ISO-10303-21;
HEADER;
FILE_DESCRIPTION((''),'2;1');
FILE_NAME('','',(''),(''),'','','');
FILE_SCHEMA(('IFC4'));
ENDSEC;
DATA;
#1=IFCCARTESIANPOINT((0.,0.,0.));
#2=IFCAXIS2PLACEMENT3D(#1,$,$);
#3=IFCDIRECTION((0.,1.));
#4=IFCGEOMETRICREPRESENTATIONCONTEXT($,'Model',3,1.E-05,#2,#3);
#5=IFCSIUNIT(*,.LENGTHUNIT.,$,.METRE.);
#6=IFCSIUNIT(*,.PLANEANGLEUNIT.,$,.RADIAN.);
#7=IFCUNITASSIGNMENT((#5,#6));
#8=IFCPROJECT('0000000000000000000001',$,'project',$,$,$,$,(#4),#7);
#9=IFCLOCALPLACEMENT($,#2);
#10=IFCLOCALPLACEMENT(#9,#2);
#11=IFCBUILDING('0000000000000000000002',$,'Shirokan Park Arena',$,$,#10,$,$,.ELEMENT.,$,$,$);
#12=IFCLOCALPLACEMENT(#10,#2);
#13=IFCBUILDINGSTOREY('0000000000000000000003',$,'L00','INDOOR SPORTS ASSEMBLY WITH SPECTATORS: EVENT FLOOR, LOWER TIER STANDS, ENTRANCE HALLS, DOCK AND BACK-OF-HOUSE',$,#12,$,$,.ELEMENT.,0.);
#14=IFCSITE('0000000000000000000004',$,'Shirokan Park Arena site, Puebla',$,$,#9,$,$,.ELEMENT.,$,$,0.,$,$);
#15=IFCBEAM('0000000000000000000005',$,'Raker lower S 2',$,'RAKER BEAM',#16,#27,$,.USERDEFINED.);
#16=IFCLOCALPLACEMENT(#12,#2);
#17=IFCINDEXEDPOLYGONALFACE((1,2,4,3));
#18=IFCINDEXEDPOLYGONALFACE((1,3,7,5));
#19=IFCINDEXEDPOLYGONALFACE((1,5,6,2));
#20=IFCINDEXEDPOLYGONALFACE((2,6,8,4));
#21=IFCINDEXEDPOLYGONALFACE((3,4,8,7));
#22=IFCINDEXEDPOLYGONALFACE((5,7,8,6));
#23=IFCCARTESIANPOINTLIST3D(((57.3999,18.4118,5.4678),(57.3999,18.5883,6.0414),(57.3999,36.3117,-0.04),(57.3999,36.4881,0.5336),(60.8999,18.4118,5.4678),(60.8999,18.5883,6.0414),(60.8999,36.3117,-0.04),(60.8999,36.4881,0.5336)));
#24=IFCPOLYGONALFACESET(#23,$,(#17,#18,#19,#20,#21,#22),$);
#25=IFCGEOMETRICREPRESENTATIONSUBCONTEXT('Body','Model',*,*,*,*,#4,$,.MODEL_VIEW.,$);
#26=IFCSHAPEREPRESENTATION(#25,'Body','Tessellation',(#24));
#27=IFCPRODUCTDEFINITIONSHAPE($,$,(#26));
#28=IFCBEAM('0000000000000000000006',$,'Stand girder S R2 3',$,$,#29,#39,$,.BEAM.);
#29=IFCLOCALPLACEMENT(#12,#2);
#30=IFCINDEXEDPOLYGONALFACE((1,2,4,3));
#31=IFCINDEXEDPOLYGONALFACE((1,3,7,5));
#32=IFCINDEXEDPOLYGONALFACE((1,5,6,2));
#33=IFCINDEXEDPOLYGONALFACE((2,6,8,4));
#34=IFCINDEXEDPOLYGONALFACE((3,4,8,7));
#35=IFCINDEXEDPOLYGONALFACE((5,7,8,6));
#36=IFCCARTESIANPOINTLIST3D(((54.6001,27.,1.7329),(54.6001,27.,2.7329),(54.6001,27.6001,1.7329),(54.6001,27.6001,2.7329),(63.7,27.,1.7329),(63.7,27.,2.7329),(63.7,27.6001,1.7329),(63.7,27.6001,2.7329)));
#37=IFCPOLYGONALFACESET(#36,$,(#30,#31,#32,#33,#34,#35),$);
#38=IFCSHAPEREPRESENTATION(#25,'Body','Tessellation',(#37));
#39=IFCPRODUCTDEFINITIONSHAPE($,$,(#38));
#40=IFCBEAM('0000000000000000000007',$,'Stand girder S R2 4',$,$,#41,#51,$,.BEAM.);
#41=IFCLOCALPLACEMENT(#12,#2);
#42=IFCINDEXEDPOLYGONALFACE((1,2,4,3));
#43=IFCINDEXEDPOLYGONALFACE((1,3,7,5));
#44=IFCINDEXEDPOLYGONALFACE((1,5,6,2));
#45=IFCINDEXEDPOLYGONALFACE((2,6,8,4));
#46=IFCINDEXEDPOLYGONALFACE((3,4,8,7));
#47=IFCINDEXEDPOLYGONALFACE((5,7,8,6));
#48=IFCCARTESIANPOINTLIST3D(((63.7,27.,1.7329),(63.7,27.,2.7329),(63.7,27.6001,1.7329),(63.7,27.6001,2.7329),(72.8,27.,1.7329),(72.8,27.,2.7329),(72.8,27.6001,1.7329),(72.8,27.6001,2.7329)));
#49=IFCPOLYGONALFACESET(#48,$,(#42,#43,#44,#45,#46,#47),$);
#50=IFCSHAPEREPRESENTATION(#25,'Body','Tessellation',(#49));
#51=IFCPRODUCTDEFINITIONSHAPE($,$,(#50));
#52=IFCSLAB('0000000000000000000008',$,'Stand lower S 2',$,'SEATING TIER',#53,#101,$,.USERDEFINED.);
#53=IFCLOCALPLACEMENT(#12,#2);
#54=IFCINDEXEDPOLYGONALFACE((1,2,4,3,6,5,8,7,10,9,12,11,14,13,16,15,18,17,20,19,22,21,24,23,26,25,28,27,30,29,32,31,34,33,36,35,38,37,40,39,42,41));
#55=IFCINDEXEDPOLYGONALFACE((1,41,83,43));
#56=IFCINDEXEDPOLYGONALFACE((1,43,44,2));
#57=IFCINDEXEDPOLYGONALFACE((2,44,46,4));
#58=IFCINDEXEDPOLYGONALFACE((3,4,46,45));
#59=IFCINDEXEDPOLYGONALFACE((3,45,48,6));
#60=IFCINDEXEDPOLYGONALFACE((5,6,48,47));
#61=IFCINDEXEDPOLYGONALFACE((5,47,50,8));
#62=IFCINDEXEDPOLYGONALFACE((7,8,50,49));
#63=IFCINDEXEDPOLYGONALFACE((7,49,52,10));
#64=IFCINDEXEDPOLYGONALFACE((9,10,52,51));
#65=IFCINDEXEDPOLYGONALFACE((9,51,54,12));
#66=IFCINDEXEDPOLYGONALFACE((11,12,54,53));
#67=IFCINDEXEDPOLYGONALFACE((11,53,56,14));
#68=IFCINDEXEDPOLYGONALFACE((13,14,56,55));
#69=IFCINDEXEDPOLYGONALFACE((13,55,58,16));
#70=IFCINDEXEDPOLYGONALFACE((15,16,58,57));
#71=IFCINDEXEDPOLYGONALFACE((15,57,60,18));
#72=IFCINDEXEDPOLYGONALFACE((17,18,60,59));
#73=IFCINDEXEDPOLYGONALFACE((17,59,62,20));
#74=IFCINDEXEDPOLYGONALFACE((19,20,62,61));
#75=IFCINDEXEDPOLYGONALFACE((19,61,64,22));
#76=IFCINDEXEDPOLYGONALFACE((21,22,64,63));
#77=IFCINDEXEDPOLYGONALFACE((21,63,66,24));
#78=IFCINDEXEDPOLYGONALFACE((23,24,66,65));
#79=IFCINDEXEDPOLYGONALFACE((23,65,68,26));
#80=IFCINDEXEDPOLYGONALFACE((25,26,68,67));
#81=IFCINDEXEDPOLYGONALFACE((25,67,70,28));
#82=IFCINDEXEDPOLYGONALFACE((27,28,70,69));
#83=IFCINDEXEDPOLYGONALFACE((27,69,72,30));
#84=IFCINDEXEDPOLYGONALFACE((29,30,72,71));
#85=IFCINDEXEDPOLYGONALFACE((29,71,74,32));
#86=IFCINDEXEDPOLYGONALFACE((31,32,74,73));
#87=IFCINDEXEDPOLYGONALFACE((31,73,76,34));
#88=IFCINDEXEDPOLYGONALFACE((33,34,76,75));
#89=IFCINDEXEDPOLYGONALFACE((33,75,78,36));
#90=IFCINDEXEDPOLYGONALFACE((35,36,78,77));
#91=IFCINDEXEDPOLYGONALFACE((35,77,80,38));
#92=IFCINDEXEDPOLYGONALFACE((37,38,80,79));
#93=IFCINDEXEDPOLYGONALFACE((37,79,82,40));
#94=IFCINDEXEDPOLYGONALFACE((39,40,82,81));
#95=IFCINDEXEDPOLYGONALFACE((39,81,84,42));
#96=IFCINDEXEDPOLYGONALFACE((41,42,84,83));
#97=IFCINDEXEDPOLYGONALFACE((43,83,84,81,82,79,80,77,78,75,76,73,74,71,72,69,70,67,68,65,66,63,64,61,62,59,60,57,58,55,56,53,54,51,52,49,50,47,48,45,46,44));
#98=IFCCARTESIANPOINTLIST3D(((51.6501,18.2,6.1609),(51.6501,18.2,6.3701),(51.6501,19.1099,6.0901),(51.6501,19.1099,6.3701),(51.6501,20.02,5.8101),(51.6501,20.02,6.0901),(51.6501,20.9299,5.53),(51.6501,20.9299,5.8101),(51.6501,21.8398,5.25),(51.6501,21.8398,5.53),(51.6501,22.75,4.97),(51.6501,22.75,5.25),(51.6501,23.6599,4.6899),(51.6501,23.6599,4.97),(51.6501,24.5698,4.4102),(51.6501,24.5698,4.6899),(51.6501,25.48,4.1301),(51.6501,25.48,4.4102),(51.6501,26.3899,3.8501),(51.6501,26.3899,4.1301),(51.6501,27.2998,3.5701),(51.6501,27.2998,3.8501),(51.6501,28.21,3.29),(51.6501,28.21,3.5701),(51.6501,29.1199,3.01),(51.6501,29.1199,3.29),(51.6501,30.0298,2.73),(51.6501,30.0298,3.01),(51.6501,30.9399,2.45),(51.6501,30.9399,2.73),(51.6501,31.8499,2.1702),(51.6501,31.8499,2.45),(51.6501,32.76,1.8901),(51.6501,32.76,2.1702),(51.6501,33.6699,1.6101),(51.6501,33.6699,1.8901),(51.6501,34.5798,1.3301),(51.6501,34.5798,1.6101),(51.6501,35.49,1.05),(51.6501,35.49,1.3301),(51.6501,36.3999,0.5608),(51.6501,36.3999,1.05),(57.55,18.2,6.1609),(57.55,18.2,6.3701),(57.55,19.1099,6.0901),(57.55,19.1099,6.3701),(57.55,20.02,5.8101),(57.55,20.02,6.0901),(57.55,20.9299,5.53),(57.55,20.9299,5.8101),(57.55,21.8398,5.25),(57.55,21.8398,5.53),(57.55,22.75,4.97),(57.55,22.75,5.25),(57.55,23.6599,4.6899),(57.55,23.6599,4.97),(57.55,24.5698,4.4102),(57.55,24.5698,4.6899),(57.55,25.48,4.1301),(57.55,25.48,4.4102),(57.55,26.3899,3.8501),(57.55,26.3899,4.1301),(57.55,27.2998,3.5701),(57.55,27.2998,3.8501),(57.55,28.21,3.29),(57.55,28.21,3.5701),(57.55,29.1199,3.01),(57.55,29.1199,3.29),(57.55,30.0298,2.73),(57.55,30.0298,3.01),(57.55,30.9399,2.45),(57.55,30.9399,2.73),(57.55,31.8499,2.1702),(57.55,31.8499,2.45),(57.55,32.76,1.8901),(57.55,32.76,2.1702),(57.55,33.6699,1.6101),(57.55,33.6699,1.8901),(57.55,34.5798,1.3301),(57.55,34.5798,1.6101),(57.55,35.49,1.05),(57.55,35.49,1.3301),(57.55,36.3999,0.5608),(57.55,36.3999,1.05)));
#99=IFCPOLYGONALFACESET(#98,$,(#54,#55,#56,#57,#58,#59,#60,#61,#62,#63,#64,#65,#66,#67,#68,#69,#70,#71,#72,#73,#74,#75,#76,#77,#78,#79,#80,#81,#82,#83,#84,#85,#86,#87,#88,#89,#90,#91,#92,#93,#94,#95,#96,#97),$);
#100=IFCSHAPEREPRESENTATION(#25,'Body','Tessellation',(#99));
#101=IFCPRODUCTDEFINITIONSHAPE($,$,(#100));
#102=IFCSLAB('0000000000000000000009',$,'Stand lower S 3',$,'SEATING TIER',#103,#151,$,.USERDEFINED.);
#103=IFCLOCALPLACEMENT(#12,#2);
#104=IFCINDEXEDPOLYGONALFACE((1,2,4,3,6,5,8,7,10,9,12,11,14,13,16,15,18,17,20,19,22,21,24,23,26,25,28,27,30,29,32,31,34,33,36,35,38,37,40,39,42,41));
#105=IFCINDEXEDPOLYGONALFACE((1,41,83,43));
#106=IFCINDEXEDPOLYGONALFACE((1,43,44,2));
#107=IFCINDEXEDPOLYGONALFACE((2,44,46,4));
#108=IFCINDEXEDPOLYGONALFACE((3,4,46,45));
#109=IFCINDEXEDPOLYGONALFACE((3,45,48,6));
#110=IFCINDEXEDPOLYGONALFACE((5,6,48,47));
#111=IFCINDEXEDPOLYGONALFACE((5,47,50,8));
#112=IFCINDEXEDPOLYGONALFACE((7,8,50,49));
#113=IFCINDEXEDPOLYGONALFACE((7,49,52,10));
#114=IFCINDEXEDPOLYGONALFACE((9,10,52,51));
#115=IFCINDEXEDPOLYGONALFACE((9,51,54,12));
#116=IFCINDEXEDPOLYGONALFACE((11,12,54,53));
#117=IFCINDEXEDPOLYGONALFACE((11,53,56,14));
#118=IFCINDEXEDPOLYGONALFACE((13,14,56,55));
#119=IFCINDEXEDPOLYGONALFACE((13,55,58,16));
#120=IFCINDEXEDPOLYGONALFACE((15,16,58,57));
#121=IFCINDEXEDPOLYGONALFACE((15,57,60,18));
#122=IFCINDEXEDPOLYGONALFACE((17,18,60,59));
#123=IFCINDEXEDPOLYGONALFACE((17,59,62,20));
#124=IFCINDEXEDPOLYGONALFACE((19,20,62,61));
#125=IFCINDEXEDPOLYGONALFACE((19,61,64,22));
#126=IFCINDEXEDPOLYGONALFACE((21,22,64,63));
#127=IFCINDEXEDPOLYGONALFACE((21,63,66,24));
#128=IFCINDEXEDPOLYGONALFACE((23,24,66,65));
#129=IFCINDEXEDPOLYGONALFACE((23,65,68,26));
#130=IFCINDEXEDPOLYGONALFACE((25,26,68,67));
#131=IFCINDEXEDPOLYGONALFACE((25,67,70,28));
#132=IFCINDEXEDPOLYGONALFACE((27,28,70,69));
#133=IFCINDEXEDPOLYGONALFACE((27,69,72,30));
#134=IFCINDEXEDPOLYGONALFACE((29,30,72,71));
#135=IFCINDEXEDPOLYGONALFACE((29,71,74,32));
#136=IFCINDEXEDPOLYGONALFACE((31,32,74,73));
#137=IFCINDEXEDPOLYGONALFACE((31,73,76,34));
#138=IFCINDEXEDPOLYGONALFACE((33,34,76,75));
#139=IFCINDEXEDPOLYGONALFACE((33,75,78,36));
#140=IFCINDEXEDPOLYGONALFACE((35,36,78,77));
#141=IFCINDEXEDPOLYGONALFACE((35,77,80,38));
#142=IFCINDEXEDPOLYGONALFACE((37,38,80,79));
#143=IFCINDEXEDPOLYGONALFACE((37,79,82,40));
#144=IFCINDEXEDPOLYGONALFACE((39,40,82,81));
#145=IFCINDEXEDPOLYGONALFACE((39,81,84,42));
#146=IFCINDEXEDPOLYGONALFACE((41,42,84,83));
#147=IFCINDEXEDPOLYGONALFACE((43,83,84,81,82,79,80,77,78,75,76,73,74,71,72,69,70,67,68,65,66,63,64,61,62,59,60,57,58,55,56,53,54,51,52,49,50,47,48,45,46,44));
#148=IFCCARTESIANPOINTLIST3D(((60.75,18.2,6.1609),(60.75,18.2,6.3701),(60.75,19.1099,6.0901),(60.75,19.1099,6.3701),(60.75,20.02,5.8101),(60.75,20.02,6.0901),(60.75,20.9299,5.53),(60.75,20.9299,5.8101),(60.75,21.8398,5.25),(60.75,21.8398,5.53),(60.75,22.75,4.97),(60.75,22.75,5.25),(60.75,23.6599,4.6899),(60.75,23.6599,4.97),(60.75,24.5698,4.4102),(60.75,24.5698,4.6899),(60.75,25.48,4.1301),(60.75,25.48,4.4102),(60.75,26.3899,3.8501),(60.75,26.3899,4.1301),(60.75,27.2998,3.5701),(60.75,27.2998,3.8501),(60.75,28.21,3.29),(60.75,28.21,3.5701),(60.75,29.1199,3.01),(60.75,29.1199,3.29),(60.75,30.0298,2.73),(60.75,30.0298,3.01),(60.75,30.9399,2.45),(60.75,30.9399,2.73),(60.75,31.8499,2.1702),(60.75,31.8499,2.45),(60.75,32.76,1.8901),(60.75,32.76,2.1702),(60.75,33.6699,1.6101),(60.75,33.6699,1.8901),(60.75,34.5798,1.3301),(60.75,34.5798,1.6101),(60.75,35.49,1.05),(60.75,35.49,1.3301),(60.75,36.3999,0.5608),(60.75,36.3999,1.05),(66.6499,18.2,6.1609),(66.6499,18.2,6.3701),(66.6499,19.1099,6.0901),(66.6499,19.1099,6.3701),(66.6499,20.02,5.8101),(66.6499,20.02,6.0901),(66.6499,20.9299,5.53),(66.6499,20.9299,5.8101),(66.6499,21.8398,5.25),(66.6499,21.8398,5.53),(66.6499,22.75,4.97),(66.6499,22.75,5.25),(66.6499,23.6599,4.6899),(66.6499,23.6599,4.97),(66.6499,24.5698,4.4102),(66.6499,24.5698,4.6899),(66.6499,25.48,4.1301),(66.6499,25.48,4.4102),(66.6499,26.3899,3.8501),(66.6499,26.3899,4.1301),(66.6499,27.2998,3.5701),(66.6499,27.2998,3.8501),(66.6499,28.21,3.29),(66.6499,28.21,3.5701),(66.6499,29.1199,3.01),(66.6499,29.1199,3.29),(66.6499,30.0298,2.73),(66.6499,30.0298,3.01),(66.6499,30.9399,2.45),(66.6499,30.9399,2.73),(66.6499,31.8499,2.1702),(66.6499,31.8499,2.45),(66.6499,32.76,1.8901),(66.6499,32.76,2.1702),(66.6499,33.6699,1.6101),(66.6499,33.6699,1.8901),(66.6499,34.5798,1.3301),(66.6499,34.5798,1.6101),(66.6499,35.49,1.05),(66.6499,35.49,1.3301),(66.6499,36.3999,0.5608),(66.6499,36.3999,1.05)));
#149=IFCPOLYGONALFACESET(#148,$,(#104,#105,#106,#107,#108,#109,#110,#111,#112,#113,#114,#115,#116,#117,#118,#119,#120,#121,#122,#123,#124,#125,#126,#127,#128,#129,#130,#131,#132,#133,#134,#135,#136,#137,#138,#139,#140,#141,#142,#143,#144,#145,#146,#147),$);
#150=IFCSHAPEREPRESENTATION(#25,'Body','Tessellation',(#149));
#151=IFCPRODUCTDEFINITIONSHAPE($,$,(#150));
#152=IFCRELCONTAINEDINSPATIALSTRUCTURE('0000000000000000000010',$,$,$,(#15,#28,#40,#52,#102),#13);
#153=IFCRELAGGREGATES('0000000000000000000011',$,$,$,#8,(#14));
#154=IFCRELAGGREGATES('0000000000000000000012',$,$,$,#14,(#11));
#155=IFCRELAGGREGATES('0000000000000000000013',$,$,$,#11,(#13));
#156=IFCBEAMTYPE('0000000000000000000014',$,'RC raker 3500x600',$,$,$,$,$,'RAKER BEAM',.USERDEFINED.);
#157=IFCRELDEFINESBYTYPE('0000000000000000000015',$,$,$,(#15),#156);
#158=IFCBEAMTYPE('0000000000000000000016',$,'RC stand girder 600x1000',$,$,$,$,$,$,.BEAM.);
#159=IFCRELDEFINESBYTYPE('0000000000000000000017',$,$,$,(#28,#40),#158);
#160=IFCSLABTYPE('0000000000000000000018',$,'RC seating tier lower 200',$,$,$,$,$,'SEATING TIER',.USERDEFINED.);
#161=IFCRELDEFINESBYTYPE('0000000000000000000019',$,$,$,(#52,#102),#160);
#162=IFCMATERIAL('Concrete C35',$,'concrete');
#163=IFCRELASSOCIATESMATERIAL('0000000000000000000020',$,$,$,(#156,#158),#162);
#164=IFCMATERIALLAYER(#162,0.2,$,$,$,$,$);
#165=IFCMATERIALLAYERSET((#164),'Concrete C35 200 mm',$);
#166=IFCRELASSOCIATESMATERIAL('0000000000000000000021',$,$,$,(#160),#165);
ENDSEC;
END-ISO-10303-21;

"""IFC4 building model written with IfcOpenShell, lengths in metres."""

from ifc_helpers import new_model, si_unit, direction, frame, origin, origin_2d, place, context, subcontext, project, spatial, polyline, rectangle, outline, extrude, material, layer, layer_set, material_profile, profile_set, type_object, element, save


model = new_model("IFC4")

# Units and contexts
model_context = context("Model", 3, precision=1e-05, world=origin(), true_north=direction((0.0, 1.0)))
body_context = subcontext(model_context, "Body", "Model", "MODEL_VIEW")
ifc_project = project(units=[si_unit("LENGTHUNIT", "METRE"), si_unit("PLANEANGLEUNIT", "RADIAN")], contexts=[model_context])

# Site, building, storey
site_placement = place(None, origin())
site = spatial("IfcSite", under=ifc_project, at=site_placement, Name="Shirokan Park Arena site, Puebla", CompositionType="ELEMENT", RefElevation=0.0)
building_placement = place(site_placement, origin())
building = spatial("IfcBuilding", under=site, at=building_placement, Name="Shirokan Park Arena", CompositionType="ELEMENT")
storey_placement = place(building_placement, origin())
storey = spatial("IfcBuildingStorey", under=building, at=storey_placement, Name="L00", Description="INDOOR SPORTS ASSEMBLY WITH SPECTATORS: EVENT FLOOR, LOWER TIER STANDS, ENTRANCE HALLS, DOCK AND BACK-OF-HOUSE", CompositionType="ELEMENT", Elevation=0.0)

# Shared definitions
ifc_material_1 = material(Name="Concrete C35", Category="concrete")

# Beams
ifc_material_profile_1 = material_profile(ifc_material_1, rectangle(XDim=3.5, YDim=0.6001, at=origin_2d()), Name="3500x600")
ifc_profile_set_1 = profile_set([ifc_material_profile_1], Name="Concrete C35")
beam_type_1 = type_object("IfcBeamType", Name="RC raker 3500x600", ElementType="RAKER BEAM", PredefinedType="USERDEFINED", material=ifc_profile_set_1)
beam_1_placement = place(storey_placement, frame((59.1499, 36.3999, 0.2468), z_axis=(0.0, -0.955777, 0.294093), x_axis=(1.0, 0.0, 0.0)))
element("IfcBeam", 1, at=beam_1_placement, inside=storey, type_object=beam_type_1, Name="Raker lower S 2", ObjectType="RAKER BEAM", PredefinedType="USERDEFINED", context=body_context, shape_type="SweptSolid", body=[
    extrude(rectangle(XDim=3.5, YDim=0.6001, at=origin_2d()), origin(), (0.0, 0.0, 1.0), 18.728),
])
ifc_material_profile_2 = material_profile(ifc_material_1, rectangle(XDim=0.6001, YDim=1.0, at=origin_2d()), Name="600x1000")
ifc_profile_set_2 = profile_set([ifc_material_profile_2], Name="Concrete C35")
beam_type_2 = type_object("IfcBeamType", Name="RC stand girder 600x1000", PredefinedType="BEAM", material=ifc_profile_set_2)
beam_2_placement = place(storey_placement, frame((54.6001, 27.3, 2.2329), z_axis=(1.0, 0.0, 0.0), x_axis=(0.0, 1.0, 0.0)))
element("IfcBeam", 2, at=beam_2_placement, inside=storey, type_object=beam_type_2, Name="Stand girder S R2 3", PredefinedType="BEAM", context=body_context, shape_type="SweptSolid", body=[
    extrude(rectangle(XDim=0.6001, YDim=1.0, at=origin_2d()), origin(), (0.0, 0.0, 1.0), 9.0999),
])
beam_3_placement = place(storey_placement, frame((63.7, 27.3, 2.2329), z_axis=(1.0, 0.0, 0.0), x_axis=(0.0, 1.0, 0.0)))
element("IfcBeam", 3, at=beam_3_placement, inside=storey, type_object=beam_type_2, Name="Stand girder S R2 4", PredefinedType="BEAM", context=body_context, shape_type="SweptSolid", body=[
    extrude(rectangle(XDim=0.6001, YDim=1.0, at=origin_2d()), origin(), (0.0, 0.0, 1.0), 9.1001),
])

# Slabs
ifc_layer = layer(ifc_material_1, 0.2)
ifc_layer_set = layer_set([ifc_layer], Name="Concrete C35 200 mm")
slab_type = type_object("IfcSlabType", Name="RC seating tier lower 200", ElementType="SEATING TIER", PredefinedType="USERDEFINED", material=ifc_layer_set)
for number, where, z_axis, x_axis, name in (
    (4, (54.6001, 36.3999, 1.05), (0.0, 0.0, 1.0), (0.0, -1.0, 0.0), "Stand lower S 2"),
    (5, (63.7, 36.3999, 1.05), (0.0, 0.0, 1.0), (0.0, -1.0, 0.0), "Stand lower S 3"),
):
    element("IfcSlab", number, at=place(storey_placement, frame(where, z_axis=z_axis, x_axis=x_axis)), inside=storey, type_object=slab_type, Name=name, ObjectType="SEATING TIER", PredefinedType="USERDEFINED", context=body_context, shape_type="SweptSolid", body=[
        extrude(outline(polyline([(0.0, 0.0), (0.9099, 0.0), (0.9099, 0.28), (1.8201, 0.28), (1.8201, 0.5601), (2.73, 0.5601), (2.73, 0.8401), (3.6399, 0.8401), (3.6399, 1.1201), (4.55, 1.1201), (4.55, 1.3999), (5.46, 1.3999), (5.46, 1.6799), (6.3701, 1.6799), (6.3701, 1.96), (7.28, 1.96), (7.28, 2.24), (8.1899, 2.24), (8.1899, 2.52), (9.1001, 2.52), (9.1001, 2.8), (10.01, 2.8), (10.01, 3.0801), (10.9199, 3.0801), (10.9199, 3.3601), (11.8301, 3.3601), (11.8301, 3.6399), (12.74, 3.6399), (12.74, 3.9199), (13.6499, 3.9199), (13.6499, 4.2), (14.5601, 4.2), (14.5601, 4.48), (15.47, 4.48), (15.47, 4.76), (16.3799, 4.76), (16.3799, 5.04), (17.29, 5.04), (17.29, 5.3201), (18.2, 5.3201), (18.2, 5.1108), (0.0, -0.4893), (0.0, 0.0)])), frame((0.0, 2.95, 0.0), z_axis=(0.0, -1.0, 0.0), x_axis=(1.0, 0.0, 0.0)), (0.0, 0.0, 1.0), 5.8999),
    ])

save(model, "model.ifc")
